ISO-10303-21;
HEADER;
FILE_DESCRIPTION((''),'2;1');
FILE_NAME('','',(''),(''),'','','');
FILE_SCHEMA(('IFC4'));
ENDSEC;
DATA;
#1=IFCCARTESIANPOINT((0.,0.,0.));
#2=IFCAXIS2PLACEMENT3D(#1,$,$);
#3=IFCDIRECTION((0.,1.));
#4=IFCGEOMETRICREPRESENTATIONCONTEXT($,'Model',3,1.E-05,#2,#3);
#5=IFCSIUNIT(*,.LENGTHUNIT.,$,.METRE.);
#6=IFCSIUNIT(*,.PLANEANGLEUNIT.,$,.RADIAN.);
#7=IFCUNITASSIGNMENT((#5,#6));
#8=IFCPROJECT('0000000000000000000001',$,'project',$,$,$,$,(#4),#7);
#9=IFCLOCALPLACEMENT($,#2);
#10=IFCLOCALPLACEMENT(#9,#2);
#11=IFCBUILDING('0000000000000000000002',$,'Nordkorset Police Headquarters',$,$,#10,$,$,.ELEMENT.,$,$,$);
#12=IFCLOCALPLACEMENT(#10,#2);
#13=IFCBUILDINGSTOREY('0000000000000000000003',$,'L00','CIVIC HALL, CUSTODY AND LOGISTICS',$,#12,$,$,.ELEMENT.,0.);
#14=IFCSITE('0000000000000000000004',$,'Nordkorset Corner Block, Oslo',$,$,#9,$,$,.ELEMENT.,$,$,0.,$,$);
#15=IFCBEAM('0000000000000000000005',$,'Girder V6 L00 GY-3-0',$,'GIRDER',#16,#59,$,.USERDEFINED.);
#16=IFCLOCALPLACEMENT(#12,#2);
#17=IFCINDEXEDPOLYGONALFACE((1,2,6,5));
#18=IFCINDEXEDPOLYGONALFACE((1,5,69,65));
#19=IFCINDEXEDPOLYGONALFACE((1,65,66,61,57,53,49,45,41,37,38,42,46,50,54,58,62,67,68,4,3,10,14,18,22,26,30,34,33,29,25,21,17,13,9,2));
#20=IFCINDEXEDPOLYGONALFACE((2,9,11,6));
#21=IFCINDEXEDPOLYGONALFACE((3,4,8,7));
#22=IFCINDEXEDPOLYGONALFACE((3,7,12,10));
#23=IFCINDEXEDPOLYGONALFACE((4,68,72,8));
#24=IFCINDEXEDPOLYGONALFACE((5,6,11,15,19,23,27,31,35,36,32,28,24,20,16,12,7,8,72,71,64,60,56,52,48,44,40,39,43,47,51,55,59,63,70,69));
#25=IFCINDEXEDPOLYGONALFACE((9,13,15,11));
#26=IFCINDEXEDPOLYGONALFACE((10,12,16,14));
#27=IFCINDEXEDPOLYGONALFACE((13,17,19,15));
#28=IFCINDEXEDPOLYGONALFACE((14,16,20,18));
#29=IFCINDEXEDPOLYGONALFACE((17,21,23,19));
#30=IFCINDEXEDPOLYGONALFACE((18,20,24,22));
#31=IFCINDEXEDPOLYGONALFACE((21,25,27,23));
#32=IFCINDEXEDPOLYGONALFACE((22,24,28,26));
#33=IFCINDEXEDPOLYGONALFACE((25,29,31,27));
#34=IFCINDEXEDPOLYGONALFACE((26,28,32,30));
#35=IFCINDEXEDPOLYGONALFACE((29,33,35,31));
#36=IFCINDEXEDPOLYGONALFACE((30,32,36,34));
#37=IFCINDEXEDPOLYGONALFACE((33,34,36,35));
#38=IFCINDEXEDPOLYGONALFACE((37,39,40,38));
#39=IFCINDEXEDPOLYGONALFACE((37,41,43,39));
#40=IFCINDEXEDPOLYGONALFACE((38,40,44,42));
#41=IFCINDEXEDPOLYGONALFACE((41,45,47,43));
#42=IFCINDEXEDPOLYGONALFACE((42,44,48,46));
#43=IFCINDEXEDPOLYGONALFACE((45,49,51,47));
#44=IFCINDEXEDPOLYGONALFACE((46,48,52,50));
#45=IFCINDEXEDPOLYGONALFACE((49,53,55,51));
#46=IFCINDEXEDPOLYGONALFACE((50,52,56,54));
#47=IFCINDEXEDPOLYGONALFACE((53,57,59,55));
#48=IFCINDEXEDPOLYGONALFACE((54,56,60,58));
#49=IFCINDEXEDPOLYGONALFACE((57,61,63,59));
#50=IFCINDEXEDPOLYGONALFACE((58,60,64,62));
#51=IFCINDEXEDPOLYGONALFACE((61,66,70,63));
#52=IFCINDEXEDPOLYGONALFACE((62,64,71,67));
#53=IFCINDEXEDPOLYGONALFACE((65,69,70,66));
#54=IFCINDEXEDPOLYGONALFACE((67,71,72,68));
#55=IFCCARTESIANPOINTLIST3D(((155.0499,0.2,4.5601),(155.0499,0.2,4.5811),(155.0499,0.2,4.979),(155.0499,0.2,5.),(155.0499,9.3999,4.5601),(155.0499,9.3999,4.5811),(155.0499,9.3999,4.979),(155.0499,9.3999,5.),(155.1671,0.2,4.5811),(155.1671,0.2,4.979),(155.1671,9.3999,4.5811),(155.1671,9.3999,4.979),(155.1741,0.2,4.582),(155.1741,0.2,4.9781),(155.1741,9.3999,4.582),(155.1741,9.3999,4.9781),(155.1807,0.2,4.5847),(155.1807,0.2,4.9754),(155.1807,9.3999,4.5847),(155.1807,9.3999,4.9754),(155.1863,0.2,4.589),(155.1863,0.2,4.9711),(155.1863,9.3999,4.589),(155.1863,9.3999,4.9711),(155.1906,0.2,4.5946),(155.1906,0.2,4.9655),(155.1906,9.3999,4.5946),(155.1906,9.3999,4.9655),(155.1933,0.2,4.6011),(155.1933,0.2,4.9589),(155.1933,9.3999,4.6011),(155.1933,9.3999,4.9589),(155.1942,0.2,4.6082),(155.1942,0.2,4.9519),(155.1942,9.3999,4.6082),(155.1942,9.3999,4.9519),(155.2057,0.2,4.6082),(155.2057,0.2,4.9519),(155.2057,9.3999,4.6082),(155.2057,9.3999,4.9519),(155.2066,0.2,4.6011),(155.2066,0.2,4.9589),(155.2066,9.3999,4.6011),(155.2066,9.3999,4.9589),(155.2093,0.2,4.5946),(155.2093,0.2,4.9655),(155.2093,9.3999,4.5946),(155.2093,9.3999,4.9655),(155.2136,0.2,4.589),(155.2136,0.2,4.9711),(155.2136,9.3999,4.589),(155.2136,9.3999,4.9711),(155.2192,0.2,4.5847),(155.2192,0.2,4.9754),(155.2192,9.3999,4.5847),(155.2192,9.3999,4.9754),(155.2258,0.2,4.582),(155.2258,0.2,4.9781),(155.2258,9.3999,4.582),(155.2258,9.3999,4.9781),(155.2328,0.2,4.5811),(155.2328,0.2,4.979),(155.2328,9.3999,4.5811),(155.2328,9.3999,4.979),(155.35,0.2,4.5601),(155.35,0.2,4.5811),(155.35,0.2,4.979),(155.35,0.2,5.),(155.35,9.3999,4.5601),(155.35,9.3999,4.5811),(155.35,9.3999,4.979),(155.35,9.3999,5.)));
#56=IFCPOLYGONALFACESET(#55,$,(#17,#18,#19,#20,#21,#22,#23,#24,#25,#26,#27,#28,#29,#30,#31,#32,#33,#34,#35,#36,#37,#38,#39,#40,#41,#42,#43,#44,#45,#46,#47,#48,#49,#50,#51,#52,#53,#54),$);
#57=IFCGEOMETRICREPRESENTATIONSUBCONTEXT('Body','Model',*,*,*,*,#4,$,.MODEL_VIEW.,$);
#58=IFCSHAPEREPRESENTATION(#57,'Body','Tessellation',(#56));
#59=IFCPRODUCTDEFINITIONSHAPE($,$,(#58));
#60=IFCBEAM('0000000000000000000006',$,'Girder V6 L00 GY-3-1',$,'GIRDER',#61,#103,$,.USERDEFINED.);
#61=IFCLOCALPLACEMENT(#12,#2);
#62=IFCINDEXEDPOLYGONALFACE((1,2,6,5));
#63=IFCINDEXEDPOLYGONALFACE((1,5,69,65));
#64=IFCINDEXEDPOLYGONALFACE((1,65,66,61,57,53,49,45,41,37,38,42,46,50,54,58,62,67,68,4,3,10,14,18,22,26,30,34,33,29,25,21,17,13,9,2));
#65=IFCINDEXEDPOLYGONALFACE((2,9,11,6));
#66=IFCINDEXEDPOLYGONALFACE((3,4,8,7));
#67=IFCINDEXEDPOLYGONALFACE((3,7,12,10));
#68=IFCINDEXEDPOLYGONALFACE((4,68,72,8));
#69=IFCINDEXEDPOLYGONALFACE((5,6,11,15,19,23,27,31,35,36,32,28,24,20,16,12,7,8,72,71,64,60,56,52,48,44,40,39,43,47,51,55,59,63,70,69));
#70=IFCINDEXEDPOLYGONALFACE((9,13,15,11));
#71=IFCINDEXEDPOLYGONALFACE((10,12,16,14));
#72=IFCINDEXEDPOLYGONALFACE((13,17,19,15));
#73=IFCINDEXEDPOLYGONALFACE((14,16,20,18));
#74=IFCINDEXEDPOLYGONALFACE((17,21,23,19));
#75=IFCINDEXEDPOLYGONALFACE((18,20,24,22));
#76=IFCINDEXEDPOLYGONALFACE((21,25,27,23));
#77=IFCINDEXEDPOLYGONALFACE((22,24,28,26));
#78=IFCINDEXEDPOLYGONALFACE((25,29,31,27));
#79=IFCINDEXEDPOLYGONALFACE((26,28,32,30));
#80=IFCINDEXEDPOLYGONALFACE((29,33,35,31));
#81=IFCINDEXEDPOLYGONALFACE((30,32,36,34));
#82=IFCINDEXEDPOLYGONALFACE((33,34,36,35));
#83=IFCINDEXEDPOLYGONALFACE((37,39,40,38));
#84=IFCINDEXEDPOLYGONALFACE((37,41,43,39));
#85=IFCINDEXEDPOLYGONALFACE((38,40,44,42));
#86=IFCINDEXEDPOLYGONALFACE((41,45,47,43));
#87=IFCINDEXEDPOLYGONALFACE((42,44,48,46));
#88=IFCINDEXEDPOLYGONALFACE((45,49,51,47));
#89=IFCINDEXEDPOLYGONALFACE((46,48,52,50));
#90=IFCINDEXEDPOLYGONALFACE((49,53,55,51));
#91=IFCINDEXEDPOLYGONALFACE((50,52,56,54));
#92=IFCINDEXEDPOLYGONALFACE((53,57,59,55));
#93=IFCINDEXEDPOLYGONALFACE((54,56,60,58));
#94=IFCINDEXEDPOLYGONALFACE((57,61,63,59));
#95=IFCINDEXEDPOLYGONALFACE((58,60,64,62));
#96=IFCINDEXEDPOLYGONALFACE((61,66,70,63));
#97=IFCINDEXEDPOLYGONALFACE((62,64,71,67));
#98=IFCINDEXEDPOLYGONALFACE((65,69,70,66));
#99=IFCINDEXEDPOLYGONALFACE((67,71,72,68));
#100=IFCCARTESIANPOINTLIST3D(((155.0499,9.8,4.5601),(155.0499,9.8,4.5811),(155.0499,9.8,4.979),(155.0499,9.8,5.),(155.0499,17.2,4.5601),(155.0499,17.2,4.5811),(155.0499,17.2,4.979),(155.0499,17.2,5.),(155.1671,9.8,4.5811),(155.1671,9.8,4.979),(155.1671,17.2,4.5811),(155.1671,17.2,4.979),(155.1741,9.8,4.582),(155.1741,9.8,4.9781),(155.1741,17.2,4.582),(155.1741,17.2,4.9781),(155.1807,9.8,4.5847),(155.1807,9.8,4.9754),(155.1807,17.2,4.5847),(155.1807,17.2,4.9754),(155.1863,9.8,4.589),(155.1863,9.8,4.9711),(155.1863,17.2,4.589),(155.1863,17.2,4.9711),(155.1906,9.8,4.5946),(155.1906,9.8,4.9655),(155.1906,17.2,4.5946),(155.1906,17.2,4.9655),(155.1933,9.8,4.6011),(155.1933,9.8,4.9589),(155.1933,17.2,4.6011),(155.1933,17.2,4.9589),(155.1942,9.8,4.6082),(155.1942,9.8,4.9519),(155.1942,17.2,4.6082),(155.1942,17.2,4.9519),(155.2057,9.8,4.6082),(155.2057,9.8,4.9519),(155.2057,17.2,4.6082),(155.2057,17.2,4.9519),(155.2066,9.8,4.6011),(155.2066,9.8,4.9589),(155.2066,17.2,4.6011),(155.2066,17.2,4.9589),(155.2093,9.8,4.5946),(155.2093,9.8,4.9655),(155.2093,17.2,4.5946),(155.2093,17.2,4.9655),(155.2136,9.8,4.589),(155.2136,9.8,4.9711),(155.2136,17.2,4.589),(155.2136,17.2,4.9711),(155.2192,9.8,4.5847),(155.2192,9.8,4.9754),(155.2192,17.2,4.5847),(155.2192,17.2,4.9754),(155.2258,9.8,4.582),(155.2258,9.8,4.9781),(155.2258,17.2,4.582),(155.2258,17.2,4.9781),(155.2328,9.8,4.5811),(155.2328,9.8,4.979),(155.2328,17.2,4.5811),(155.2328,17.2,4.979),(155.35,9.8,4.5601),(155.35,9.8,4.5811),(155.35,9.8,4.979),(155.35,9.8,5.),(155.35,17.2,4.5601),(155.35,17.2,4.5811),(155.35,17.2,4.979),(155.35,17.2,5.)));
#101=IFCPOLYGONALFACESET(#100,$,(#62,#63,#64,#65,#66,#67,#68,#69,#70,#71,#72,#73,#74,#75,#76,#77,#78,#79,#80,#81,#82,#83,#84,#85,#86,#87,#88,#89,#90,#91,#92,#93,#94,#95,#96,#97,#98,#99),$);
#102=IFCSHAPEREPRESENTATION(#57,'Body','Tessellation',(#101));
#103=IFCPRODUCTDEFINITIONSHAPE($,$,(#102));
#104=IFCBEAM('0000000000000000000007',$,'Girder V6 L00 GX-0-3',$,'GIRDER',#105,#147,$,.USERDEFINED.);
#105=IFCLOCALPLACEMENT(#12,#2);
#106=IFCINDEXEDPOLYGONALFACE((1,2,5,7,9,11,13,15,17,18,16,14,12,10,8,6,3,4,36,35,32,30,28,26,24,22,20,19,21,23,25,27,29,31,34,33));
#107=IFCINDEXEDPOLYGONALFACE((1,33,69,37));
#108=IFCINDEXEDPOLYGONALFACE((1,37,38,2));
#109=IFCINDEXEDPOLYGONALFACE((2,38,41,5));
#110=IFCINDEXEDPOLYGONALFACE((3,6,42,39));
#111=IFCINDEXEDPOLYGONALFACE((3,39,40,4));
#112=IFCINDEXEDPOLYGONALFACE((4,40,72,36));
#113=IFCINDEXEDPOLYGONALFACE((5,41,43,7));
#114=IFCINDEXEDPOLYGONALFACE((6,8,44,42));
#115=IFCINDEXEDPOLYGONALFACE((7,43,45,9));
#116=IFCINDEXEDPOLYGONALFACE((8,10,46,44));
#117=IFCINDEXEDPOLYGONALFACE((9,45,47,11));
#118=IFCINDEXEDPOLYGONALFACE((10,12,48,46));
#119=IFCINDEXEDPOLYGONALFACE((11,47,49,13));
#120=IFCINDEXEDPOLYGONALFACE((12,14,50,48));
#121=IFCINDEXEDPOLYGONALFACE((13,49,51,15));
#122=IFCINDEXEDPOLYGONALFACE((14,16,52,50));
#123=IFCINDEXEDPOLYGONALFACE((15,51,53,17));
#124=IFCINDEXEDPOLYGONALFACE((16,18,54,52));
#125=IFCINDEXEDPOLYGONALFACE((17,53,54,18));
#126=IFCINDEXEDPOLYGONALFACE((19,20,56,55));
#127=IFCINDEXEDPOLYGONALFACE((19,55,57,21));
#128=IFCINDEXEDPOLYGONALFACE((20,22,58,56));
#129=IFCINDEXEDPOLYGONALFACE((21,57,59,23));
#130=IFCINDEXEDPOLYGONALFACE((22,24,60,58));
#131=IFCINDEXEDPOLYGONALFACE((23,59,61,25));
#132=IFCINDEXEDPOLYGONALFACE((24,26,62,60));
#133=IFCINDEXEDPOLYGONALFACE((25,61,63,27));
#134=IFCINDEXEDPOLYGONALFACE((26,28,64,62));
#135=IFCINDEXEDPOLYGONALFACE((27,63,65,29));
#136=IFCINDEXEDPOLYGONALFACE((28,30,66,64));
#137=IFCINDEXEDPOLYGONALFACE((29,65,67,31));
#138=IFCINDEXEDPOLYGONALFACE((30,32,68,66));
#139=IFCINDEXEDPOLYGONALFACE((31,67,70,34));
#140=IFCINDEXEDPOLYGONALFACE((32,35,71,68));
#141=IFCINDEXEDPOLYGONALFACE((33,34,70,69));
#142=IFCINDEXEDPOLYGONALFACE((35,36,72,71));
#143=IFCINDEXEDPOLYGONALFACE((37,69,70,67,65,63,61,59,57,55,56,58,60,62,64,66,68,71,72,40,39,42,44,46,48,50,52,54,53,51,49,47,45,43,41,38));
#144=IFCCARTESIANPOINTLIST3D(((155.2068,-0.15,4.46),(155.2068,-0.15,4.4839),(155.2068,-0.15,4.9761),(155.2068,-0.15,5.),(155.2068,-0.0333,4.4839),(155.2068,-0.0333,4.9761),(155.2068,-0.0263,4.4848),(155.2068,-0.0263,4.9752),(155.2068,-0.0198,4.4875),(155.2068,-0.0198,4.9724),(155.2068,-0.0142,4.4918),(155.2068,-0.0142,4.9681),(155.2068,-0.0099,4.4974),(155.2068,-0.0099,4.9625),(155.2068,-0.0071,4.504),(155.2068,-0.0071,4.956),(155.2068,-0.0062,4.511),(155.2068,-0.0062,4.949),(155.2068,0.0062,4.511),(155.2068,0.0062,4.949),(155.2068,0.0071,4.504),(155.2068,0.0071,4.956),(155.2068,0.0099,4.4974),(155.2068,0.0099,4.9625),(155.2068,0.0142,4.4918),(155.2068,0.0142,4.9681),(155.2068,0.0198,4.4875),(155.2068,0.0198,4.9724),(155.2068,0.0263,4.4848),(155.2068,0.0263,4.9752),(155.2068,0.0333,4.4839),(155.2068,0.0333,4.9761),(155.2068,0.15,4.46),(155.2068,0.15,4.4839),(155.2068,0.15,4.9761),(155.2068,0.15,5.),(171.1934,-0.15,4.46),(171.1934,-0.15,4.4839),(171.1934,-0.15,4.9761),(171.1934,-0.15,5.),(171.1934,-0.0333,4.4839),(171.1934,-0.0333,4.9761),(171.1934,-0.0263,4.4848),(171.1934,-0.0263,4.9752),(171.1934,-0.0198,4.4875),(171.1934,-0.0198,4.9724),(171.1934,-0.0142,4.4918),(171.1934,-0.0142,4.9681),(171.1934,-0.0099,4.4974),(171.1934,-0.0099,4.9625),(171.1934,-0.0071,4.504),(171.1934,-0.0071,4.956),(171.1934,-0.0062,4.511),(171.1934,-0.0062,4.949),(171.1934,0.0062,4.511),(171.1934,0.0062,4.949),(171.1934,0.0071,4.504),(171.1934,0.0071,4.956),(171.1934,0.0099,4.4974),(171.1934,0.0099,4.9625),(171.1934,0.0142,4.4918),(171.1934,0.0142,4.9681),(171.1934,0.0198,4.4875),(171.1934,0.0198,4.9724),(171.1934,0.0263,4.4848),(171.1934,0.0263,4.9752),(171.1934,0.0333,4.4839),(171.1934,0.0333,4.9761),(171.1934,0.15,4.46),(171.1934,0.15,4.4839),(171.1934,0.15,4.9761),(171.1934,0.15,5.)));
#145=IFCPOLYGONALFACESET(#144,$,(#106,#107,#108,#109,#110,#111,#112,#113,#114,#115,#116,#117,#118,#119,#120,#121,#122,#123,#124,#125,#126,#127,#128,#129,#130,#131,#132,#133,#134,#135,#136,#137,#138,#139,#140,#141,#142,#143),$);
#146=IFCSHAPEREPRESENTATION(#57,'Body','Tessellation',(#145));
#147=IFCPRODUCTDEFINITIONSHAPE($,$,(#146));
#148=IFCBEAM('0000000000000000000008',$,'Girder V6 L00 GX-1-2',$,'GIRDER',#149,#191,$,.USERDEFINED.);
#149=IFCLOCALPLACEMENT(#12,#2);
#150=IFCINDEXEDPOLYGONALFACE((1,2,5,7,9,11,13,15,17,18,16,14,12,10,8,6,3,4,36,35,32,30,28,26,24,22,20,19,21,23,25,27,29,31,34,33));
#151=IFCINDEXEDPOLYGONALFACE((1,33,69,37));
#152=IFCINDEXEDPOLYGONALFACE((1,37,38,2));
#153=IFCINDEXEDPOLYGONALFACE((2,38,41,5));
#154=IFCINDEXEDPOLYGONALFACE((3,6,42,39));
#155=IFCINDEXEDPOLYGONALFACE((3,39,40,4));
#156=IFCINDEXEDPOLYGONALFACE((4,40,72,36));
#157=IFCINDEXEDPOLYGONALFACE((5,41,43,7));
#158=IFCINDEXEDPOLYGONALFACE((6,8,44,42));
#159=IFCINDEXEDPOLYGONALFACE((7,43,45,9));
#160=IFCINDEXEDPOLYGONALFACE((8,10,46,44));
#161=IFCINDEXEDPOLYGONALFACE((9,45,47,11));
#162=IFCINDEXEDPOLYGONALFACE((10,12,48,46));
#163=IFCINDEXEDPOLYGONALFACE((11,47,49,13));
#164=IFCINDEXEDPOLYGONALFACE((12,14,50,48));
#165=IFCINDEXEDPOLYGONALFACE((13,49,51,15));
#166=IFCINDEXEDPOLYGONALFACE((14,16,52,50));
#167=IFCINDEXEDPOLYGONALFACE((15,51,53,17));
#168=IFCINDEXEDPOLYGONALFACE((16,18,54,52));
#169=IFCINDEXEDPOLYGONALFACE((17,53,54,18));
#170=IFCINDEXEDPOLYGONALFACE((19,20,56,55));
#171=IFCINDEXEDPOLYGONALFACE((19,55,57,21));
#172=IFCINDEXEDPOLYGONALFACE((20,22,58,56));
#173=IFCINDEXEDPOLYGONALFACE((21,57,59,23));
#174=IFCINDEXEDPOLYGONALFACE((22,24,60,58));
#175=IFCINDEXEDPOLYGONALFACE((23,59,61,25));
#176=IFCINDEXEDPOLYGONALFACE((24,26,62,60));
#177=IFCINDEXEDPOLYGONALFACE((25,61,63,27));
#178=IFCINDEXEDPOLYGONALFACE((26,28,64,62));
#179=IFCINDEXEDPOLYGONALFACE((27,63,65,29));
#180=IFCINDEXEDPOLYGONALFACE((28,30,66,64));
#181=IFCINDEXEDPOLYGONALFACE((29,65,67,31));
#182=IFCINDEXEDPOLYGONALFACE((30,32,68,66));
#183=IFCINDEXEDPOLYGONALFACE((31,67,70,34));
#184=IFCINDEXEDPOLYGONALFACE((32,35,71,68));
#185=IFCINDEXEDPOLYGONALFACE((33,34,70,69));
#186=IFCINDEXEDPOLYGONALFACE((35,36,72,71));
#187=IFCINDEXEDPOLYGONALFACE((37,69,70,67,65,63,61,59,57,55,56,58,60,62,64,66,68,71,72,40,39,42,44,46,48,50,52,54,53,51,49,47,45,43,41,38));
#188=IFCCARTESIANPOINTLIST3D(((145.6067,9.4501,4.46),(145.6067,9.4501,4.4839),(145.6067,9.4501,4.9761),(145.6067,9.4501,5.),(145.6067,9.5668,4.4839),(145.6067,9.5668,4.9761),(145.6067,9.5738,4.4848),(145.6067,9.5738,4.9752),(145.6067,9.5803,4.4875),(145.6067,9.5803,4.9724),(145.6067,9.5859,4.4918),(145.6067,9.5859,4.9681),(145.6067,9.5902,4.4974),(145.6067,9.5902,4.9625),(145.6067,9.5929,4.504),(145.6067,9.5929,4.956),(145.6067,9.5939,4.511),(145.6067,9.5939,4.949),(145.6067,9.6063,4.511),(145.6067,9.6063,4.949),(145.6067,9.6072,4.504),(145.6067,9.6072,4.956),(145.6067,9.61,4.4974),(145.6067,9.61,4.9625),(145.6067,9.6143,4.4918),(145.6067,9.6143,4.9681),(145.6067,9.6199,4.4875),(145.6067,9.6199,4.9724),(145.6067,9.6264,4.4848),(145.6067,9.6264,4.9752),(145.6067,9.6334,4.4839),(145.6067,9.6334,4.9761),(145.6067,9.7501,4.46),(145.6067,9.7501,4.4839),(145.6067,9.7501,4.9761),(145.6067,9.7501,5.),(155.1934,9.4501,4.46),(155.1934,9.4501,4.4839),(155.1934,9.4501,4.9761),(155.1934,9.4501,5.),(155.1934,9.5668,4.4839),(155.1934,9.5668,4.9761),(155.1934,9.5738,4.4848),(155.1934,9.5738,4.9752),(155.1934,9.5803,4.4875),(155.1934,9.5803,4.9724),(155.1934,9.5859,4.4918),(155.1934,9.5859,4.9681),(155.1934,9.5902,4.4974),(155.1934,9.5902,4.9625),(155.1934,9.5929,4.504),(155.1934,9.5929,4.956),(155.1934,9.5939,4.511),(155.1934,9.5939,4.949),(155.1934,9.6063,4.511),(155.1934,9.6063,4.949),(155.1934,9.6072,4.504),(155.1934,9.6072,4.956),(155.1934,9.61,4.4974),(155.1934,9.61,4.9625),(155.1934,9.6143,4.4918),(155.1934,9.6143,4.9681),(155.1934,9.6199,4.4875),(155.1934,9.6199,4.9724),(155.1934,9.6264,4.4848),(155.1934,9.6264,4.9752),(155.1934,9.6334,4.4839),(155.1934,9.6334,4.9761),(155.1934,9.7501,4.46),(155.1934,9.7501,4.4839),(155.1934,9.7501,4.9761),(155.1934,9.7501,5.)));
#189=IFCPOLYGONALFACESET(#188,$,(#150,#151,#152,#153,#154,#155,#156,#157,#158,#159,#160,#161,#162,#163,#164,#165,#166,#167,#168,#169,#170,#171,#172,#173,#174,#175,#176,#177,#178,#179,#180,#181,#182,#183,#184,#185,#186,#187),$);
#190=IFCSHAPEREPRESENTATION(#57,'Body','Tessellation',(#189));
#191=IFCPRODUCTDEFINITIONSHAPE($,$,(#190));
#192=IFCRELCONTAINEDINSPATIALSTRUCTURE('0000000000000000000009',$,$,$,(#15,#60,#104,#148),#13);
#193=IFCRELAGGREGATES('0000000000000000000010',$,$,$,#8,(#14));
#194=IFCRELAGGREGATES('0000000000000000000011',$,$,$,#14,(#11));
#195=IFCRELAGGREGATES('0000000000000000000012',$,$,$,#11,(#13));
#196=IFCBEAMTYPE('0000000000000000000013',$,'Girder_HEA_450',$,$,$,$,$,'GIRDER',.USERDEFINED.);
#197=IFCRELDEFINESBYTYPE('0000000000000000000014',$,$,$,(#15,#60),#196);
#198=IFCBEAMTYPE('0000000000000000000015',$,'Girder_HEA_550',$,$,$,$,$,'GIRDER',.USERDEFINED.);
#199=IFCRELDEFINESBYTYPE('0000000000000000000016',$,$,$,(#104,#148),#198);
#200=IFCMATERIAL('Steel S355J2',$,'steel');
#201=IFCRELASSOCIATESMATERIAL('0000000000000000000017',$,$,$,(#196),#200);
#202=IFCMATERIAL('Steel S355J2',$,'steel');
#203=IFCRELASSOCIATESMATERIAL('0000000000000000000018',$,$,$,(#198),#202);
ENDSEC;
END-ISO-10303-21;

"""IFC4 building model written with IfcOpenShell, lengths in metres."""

from ifc_helpers import new_model, si_unit, direction, frame, origin, origin_2d, place, context, subcontext, project, spatial, i_section, extrude, material, material_profile, profile_set, type_object, element, save


model = new_model("IFC4")

# Units and contexts
model_context = context("Model", 3, precision=1e-05, world=origin(), true_north=direction((0.0, 1.0)))
body_context = subcontext(model_context, "Body", "Model", "MODEL_VIEW")
ifc_project = project(units=[si_unit("LENGTHUNIT", "METRE"), si_unit("PLANEANGLEUNIT", "RADIAN")], contexts=[model_context])

# Site, building, storey
site_placement = place(None, origin())
site = spatial("IfcSite", under=ifc_project, at=site_placement, Name="Nordkorset Corner Block, Oslo", CompositionType="ELEMENT", RefElevation=0.0)
building_placement = place(site_placement, origin())
building = spatial("IfcBuilding", under=site, at=building_placement, Name="Nordkorset Police Headquarters", CompositionType="ELEMENT")
storey_placement = place(building_placement, origin())
storey = spatial("IfcBuildingStorey", under=building, at=storey_placement, Name="L00", Description="CIVIC HALL, CUSTODY AND LOGISTICS", CompositionType="ELEMENT", Elevation=0.0)

# Beams
ifc_material_1 = material(Name="Steel S355J2", Category="steel")
ifc_material_profile_1 = material_profile(ifc_material_1, i_section(OverallWidth=0.3, OverallDepth=0.4399, WebThickness=0.0115, FlangeThickness=0.021, FilletRadius=0.0271, at=origin_2d()), Name="HEA 450")
ifc_profile_set_1 = profile_set([ifc_material_profile_1], Name="Steel S355J2")
beam_type_1 = type_object("IfcBeamType", Name="Girder_HEA_450", ElementType="GIRDER", PredefinedType="USERDEFINED", material=ifc_profile_set_1)
beam_1_placement = place(storey_placement, frame((155.2, 0.2, 4.78), z_axis=(0.0, 1.0, 0.0), x_axis=(-1.0, 0.0, 0.0)))
element("IfcBeam", 1, at=beam_1_placement, inside=storey, type_object=beam_type_1, Name="Girder V6 L00 GY-3-0", ObjectType="GIRDER", PredefinedType="USERDEFINED", context=body_context, shape_type="SweptSolid", body=[
    extrude(i_section(OverallWidth=0.3, OverallDepth=0.4399, WebThickness=0.0115, FlangeThickness=0.021, FilletRadius=0.0271, at=origin_2d()), origin(), (0.0, 0.0, 1.0), 9.2),
])
beam_2_placement = place(storey_placement, frame((155.2, 9.8, 4.78), z_axis=(0.0, 1.0, 0.0), x_axis=(-1.0, 0.0, 0.0)))
element("IfcBeam", 2, at=beam_2_placement, inside=storey, type_object=beam_type_1, Name="Girder V6 L00 GY-3-1", ObjectType="GIRDER", PredefinedType="USERDEFINED", context=body_context, shape_type="SweptSolid", body=[
    extrude(i_section(OverallWidth=0.3, OverallDepth=0.4399, WebThickness=0.0115, FlangeThickness=0.021, FilletRadius=0.0271, at=origin_2d()), origin(), (0.0, 0.0, 1.0), 7.3999),
])
ifc_material_2 = material(Name="Steel S355J2", Category="steel")
ifc_material_profile_2 = material_profile(ifc_material_2, i_section(OverallWidth=0.3, OverallDepth=0.54, WebThickness=0.0125, FlangeThickness=0.0239, FilletRadius=0.0271, at=origin_2d()), Name="HEA 550")
ifc_profile_set_2 = profile_set([ifc_material_profile_2], Name="Steel S355J2")
beam_type_2 = type_object("IfcBeamType", Name="Girder_HEA_550", ElementType="GIRDER", PredefinedType="USERDEFINED", material=ifc_profile_set_2)
beam_3_placement = place(storey_placement, frame((155.2068, 0.0, 4.73), z_axis=(1.0, 0.0, 0.0), x_axis=(0.0, 1.0, 0.0)))
element("IfcBeam", 3, at=beam_3_placement, inside=storey, type_object=beam_type_2, Name="Girder V6 L00 GX-0-3", ObjectType="GIRDER", PredefinedType="USERDEFINED", context=body_context, shape_type="SweptSolid", body=[
    extrude(i_section(OverallWidth=0.3, OverallDepth=0.54, WebThickness=0.0125, FlangeThickness=0.0239, FilletRadius=0.0271, at=origin_2d()), origin(), (0.0, 0.0, 1.0), 15.9866),
])
beam_4_placement = place(storey_placement, frame((145.6067, 9.6001, 4.73), z_axis=(1.0, 0.0, 0.0), x_axis=(0.0, 1.0, 0.0)))
element("IfcBeam", 4, at=beam_4_placement, inside=storey, type_object=beam_type_2, Name="Girder V6 L00 GX-1-2", ObjectType="GIRDER", PredefinedType="USERDEFINED", context=body_context, shape_type="SweptSolid", body=[
    extrude(i_section(OverallWidth=0.3, OverallDepth=0.54, WebThickness=0.0125, FlangeThickness=0.0239, FilletRadius=0.0271, at=origin_2d()), origin(), (0.0, 0.0, 1.0), 9.5867),
])

save(model, "model.ifc")
